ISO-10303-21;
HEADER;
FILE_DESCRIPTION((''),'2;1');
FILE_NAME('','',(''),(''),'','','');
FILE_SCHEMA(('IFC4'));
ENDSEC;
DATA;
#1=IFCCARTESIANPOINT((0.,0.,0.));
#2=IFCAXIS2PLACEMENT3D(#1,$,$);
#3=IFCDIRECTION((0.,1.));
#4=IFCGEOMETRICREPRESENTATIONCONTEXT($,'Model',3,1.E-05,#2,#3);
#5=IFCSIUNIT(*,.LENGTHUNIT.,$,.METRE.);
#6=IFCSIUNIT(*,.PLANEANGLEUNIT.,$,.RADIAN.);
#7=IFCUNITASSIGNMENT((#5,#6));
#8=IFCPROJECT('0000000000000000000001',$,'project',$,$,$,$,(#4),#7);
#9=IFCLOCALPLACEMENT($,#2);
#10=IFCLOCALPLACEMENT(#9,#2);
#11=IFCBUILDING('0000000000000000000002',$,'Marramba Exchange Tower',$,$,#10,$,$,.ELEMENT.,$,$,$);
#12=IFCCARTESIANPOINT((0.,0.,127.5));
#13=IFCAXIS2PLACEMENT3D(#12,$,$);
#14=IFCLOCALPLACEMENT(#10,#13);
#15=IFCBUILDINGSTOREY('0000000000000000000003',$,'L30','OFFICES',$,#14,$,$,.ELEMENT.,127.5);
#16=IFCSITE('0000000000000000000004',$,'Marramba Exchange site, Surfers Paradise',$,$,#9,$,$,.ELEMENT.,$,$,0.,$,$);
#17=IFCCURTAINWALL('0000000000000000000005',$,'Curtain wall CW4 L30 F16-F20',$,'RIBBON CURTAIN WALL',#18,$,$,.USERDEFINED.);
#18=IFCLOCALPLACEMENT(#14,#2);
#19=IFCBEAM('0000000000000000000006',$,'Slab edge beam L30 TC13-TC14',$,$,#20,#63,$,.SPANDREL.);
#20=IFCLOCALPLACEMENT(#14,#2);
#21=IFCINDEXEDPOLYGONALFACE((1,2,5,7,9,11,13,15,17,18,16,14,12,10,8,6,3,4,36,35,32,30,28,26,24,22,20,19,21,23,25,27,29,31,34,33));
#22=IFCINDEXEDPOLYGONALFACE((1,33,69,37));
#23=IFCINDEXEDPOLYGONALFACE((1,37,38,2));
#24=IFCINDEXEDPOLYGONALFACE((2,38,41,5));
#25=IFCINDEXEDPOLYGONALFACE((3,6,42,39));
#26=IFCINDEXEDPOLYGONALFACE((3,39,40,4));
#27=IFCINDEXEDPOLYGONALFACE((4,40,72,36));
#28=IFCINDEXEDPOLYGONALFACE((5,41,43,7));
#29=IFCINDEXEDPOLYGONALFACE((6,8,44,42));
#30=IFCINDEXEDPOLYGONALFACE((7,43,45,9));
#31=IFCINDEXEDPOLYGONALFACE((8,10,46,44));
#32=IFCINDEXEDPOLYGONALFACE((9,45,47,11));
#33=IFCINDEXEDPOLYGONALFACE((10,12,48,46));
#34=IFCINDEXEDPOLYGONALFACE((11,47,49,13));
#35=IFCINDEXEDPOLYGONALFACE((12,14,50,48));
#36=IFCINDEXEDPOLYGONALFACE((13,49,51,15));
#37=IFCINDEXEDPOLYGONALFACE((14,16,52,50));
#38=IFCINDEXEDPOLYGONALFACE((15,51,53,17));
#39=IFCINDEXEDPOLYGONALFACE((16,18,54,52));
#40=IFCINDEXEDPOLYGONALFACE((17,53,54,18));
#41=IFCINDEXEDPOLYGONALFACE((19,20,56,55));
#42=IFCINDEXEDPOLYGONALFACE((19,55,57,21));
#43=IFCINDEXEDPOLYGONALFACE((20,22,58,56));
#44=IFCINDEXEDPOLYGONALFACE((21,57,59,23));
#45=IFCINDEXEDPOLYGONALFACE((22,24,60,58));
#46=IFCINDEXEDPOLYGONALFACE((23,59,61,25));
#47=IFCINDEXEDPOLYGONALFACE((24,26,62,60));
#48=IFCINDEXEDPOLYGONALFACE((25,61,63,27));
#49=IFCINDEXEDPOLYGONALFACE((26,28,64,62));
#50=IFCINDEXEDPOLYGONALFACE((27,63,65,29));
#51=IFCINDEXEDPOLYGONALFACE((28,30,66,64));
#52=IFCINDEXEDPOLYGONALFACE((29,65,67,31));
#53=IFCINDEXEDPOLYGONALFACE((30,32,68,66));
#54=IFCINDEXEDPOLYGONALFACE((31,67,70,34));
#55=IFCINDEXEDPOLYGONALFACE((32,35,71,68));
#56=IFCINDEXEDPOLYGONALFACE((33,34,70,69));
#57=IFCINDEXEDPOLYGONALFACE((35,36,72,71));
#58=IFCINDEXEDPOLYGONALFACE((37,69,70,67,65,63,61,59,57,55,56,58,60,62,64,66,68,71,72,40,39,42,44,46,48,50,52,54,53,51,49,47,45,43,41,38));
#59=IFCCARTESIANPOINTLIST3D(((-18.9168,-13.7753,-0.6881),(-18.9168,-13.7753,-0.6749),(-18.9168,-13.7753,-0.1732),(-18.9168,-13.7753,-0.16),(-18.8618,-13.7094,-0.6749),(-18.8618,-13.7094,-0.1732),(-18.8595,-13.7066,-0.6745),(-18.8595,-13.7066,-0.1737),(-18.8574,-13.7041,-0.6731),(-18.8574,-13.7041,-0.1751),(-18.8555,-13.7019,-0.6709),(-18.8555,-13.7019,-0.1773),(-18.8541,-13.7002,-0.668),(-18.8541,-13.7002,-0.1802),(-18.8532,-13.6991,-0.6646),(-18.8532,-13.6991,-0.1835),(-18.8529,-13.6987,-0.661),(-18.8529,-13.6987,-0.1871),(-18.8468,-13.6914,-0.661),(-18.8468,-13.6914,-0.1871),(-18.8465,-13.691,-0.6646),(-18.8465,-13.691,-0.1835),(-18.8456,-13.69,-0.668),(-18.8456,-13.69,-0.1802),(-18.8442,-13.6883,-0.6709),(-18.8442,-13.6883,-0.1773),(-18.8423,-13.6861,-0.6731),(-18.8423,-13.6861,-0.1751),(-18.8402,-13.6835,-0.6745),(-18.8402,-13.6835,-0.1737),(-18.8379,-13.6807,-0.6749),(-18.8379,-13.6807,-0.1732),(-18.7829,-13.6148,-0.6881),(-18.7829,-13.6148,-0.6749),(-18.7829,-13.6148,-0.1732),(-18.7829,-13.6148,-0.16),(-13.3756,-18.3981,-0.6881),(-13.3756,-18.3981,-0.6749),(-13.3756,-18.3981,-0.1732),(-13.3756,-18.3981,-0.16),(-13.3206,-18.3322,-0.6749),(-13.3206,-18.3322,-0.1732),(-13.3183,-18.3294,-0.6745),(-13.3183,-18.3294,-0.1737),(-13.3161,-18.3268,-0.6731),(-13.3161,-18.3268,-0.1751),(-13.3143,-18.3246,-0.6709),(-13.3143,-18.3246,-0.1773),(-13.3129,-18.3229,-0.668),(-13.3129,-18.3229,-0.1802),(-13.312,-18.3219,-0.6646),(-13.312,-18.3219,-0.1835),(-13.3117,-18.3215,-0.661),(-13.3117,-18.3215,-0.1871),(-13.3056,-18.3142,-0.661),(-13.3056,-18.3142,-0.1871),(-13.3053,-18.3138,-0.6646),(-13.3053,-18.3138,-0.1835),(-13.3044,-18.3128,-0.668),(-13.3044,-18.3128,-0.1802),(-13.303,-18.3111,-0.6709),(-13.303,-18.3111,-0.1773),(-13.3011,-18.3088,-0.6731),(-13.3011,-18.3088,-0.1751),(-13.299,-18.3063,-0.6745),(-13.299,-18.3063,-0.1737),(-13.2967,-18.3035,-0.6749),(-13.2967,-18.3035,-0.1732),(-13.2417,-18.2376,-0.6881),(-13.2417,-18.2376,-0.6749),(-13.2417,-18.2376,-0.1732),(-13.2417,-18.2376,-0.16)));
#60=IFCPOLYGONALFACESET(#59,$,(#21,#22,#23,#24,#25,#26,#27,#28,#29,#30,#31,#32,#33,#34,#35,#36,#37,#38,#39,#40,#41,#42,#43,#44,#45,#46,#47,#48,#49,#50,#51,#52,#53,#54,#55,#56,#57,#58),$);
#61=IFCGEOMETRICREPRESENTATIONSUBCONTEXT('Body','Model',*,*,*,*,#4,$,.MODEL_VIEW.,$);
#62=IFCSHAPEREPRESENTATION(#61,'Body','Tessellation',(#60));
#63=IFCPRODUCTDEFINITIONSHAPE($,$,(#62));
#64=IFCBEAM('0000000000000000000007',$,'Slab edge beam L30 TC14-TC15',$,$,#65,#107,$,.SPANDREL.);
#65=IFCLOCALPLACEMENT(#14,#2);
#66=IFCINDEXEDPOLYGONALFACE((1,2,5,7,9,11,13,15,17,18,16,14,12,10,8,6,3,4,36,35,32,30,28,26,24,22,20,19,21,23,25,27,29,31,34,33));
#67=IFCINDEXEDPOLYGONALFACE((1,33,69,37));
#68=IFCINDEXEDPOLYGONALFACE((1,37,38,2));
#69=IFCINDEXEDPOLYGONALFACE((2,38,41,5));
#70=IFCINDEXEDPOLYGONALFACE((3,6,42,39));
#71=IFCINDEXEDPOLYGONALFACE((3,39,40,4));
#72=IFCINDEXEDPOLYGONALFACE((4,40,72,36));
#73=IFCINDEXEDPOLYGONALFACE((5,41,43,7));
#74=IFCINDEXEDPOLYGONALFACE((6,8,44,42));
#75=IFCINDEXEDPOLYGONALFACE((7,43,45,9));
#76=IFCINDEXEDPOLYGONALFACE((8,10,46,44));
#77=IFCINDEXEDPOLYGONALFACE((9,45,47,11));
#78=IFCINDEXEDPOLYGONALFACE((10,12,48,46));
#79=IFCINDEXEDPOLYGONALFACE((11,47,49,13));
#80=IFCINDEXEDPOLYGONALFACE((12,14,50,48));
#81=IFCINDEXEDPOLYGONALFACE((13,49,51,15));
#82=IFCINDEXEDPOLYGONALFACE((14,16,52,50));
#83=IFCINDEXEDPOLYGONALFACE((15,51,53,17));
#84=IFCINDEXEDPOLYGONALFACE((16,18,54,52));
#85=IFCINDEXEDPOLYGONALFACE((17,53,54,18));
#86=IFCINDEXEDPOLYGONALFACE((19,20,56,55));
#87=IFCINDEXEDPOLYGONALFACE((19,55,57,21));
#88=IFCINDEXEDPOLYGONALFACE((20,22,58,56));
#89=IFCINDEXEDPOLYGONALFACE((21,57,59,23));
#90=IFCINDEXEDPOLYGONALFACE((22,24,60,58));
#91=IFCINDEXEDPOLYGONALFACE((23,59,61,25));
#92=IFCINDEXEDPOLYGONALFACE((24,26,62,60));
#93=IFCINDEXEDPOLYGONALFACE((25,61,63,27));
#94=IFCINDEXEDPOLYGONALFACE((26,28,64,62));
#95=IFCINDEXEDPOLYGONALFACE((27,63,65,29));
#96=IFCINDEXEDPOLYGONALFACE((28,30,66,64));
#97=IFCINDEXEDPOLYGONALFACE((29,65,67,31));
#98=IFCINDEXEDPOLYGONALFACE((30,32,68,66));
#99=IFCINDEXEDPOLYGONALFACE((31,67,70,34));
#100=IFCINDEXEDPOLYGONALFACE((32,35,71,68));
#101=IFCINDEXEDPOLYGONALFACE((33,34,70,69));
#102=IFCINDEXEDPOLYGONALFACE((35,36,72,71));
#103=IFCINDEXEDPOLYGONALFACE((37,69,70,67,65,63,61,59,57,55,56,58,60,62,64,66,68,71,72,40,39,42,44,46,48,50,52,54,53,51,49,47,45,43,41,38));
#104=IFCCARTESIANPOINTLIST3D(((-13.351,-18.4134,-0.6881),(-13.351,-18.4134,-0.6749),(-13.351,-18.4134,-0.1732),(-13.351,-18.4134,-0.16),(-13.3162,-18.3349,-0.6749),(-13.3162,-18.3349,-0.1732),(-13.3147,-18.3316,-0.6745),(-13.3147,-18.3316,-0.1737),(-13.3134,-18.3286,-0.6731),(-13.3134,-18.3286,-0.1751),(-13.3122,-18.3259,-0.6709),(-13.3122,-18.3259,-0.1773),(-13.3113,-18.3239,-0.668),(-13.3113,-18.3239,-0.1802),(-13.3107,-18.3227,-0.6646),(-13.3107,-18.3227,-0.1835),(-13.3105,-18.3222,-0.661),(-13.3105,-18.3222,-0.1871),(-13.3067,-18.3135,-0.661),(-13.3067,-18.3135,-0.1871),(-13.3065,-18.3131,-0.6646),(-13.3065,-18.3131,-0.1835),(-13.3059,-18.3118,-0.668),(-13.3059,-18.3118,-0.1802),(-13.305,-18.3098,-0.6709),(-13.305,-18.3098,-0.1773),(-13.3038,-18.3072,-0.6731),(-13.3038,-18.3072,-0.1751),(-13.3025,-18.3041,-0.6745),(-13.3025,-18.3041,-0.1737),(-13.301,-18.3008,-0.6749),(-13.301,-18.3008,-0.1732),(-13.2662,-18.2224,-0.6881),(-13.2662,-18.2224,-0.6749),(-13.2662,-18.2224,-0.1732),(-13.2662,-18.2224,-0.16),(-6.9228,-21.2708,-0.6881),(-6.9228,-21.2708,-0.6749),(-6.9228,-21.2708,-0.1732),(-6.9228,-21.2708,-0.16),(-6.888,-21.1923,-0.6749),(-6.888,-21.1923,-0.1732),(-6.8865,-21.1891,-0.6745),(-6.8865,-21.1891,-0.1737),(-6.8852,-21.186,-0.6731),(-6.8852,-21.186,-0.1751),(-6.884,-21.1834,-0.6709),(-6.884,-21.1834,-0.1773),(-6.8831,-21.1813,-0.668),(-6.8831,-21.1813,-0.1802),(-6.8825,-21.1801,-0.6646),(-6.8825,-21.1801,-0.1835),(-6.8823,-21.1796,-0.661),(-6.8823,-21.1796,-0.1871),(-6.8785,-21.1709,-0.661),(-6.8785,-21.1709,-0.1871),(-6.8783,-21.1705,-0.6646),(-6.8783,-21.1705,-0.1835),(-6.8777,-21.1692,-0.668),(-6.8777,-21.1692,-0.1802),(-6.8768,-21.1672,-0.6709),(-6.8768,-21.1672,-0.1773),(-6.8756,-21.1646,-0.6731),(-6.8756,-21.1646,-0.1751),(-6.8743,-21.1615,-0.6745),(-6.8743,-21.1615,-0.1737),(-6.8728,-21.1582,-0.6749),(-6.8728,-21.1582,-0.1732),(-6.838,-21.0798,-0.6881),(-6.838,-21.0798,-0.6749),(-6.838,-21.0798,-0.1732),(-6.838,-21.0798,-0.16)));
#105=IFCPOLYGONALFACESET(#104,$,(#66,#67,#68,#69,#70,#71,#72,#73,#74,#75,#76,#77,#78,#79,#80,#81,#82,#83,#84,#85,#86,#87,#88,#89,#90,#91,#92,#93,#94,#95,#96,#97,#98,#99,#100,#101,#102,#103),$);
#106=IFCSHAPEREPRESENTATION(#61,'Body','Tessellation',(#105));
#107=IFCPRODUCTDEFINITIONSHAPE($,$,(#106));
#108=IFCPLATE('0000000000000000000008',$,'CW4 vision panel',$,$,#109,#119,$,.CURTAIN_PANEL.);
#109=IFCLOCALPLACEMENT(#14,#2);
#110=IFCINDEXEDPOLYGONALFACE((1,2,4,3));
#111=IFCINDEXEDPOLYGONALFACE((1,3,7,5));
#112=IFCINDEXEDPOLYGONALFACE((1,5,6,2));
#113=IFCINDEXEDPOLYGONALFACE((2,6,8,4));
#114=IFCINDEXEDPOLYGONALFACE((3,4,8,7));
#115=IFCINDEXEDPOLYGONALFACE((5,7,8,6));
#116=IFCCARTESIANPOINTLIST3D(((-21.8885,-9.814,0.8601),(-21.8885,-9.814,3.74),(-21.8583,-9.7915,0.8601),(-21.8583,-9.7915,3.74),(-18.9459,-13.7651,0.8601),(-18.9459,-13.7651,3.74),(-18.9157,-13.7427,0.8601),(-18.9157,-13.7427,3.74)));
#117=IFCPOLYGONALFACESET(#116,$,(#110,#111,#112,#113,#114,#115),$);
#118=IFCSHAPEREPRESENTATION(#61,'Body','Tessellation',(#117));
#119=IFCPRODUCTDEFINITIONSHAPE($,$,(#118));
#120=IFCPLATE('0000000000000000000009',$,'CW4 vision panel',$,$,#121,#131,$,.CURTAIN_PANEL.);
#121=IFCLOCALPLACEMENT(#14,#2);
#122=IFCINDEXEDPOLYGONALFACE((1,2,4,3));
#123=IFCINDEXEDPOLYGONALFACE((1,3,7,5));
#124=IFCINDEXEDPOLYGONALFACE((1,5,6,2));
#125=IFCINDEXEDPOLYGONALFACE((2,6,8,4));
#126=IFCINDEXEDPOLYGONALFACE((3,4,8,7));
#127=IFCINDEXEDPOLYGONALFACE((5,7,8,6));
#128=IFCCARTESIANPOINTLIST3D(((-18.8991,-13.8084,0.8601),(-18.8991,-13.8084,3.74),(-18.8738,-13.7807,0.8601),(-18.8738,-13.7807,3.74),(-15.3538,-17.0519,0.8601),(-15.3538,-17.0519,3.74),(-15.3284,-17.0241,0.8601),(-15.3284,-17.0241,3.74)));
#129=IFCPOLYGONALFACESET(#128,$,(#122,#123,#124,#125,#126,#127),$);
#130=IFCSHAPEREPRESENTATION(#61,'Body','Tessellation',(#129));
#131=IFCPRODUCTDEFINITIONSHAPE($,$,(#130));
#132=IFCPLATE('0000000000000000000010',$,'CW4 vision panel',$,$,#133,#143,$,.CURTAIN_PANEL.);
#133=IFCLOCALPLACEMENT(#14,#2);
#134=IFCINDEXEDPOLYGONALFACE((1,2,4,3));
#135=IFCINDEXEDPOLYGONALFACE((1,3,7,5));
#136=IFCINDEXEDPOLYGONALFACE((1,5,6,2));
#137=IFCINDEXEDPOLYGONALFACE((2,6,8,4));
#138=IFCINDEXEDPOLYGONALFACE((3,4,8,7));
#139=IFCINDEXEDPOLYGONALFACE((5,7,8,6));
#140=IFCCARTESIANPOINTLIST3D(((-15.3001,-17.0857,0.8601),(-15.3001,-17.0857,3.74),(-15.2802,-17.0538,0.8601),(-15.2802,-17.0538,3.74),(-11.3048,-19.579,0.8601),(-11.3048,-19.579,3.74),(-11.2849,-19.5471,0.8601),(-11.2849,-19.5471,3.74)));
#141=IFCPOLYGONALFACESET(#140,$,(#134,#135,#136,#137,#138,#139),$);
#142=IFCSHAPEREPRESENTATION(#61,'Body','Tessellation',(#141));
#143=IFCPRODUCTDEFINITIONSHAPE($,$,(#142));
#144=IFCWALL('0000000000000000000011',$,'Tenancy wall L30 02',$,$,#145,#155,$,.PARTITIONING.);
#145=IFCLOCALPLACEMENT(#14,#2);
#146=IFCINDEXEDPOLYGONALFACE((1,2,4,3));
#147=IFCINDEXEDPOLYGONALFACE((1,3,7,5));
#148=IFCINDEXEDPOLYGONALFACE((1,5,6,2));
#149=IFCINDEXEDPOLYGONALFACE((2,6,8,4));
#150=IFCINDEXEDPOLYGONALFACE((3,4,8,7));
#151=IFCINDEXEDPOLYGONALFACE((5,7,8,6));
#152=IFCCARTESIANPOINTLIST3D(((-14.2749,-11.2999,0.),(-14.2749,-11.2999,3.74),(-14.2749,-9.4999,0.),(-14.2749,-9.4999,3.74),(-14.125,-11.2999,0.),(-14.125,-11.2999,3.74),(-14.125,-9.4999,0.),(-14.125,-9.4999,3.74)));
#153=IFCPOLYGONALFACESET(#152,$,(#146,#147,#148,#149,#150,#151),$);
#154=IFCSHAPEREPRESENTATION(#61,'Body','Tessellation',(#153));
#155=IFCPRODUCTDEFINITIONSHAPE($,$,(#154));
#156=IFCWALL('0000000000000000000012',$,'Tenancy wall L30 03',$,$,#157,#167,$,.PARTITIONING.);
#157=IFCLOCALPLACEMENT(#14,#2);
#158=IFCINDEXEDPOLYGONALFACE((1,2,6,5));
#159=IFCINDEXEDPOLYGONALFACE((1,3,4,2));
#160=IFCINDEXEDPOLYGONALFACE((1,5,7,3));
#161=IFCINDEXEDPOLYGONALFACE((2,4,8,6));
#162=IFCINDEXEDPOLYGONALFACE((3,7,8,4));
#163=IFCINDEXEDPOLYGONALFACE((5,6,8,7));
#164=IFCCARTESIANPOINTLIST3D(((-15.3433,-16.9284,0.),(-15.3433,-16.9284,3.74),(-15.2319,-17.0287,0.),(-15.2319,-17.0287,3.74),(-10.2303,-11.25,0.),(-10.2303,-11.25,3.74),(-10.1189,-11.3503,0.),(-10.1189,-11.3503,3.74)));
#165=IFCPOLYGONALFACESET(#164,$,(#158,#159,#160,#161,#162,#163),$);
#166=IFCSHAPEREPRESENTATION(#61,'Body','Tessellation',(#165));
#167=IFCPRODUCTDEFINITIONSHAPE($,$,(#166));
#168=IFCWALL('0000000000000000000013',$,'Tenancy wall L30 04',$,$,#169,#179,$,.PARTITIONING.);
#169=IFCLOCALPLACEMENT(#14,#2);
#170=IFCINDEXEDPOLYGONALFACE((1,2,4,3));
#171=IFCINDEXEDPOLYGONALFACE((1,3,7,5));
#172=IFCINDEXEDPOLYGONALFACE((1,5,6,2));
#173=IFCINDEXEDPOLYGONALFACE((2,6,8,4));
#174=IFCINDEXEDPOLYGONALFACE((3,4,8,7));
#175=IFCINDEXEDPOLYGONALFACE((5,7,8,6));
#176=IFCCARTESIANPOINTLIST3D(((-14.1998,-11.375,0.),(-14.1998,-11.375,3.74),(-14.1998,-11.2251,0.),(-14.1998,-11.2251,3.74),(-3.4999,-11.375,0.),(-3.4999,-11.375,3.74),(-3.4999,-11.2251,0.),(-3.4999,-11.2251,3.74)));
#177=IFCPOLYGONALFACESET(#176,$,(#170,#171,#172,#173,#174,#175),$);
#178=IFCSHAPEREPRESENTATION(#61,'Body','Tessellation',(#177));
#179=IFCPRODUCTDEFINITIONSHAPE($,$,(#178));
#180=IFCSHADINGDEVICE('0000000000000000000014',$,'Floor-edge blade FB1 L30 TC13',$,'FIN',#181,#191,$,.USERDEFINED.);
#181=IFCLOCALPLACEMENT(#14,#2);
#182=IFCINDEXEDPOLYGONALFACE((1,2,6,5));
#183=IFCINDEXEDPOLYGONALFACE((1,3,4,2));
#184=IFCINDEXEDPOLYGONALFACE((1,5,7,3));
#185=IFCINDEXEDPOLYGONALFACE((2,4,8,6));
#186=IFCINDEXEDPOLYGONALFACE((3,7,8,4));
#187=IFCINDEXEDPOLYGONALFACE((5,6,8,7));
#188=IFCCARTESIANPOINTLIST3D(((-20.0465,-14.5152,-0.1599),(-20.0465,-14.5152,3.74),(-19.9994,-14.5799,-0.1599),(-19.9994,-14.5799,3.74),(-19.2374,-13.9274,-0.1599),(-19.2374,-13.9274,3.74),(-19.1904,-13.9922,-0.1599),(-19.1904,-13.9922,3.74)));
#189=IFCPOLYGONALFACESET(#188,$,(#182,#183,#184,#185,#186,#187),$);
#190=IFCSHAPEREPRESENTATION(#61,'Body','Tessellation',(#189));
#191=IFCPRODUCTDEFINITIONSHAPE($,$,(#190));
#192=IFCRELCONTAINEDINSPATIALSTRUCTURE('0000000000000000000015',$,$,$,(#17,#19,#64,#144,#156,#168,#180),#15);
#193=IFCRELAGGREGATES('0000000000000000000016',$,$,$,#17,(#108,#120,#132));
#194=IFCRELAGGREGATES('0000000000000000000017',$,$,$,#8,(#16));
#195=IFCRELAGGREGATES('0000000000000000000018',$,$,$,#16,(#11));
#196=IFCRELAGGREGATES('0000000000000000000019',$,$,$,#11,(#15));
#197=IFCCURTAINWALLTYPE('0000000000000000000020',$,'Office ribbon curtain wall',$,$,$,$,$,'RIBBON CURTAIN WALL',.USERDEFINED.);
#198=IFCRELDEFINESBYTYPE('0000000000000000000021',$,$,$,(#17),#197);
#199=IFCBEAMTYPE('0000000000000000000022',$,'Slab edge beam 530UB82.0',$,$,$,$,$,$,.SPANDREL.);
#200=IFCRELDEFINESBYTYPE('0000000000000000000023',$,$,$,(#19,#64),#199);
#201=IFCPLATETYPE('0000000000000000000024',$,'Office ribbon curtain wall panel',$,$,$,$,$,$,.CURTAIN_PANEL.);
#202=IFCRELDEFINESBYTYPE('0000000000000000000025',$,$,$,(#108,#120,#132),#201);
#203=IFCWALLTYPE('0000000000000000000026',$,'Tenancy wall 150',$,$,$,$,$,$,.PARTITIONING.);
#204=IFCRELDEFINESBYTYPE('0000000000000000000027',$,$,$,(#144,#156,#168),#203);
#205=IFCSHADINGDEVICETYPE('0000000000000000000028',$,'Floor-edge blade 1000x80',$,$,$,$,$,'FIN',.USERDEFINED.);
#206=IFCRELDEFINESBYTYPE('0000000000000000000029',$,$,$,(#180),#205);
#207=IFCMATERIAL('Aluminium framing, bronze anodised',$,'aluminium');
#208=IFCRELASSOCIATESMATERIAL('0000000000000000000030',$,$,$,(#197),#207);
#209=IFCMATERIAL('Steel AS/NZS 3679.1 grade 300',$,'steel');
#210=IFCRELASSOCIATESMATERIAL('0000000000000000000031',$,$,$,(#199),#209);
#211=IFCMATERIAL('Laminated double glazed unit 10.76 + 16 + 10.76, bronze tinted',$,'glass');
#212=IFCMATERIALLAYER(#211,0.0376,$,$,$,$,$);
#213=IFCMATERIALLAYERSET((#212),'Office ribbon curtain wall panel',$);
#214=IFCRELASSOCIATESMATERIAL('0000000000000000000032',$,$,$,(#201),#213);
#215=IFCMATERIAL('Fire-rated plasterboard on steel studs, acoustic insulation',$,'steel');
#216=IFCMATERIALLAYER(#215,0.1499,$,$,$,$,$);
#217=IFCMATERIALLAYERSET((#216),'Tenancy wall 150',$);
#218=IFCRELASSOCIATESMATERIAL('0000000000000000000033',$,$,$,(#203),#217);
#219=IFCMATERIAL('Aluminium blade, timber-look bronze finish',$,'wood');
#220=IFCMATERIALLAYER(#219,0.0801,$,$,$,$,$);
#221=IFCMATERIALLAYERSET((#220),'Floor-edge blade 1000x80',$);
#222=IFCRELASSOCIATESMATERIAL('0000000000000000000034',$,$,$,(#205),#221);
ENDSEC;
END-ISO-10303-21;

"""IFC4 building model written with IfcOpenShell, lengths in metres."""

from ifc_helpers import new_model, si_unit, direction, frame, frame_2d, origin, origin_2d, place, context, subcontext, project, spatial, rectangle, i_section, extrude, material, layer, layer_set, material_profile, profile_set, type_object, element, aggregate, save


model = new_model("IFC4")

# Units and contexts
model_context = context("Model", 3, precision=1e-05, world=origin(), true_north=direction((0.0, 1.0)))
body_context = subcontext(model_context, "Body", "Model", "MODEL_VIEW")
ifc_project = project(units=[si_unit("LENGTHUNIT", "METRE"), si_unit("PLANEANGLEUNIT", "RADIAN")], contexts=[model_context])

# Site, building, storey
site_placement = place(None, origin())
site = spatial("IfcSite", under=ifc_project, at=site_placement, Name="Marramba Exchange site, Surfers Paradise", CompositionType="ELEMENT", RefElevation=0.0)
building_placement = place(site_placement, origin())
building = spatial("IfcBuilding", under=site, at=building_placement, Name="Marramba Exchange Tower", CompositionType="ELEMENT")
storey_placement = place(building_placement, frame((0.0, 0.0, 127.5)))
storey = spatial("IfcBuildingStorey", under=building, at=storey_placement, Name="L30", Description="OFFICES", CompositionType="ELEMENT", Elevation=127.5)

# Curtain wall
ifc_material_1 = material(Name="Aluminium framing, bronze anodised", Category="aluminium")
curtain_wall_type = type_object("IfcCurtainWallType", Name="Office ribbon curtain wall", ElementType="RIBBON CURTAIN WALL", PredefinedType="USERDEFINED", material=ifc_material_1)
curtain_wall_placement = place(storey_placement, origin())
curtain_wall = element("IfcCurtainWall", 1, at=curtain_wall_placement, inside=storey, type_object=curtain_wall_type, Name="Curtain wall CW4 L30 F16-F20", ObjectType="RIBBON CURTAIN WALL", PredefinedType="USERDEFINED")

# Beams
ifc_material_2 = material(Name="Steel AS/NZS 3679.1 grade 300", Category="steel")
ifc_material_profile_1 = material_profile(ifc_material_2, i_section(OverallWidth=0.209, OverallDepth=0.5281, WebThickness=0.0095, FlangeThickness=0.0132, FilletRadius=0.0139, at=origin_2d()), Name="530UB82.0")
ifc_profile_set_1 = profile_set([ifc_material_profile_1], Name="Steel AS/NZS 3679.1 grade 300")
beam_type_1 = type_object("IfcBeamType", Name="Slab edge beam 530UB82.0", PredefinedType="SPANDREL", material=ifc_profile_set_1)
beam_1_placement = place(storey_placement, frame((-18.8499, -13.6951, -0.4241), z_axis=(0.767875, -0.6406, 0.0), x_axis=(0.6406, 0.767875, 0.0)))
element("IfcBeam", 2, at=beam_1_placement, inside=storey, type_object=beam_type_1, Name="Slab edge beam L30 TC13-TC14", PredefinedType="SPANDREL", context=body_context, shape_type="SweptSolid", body=[
    extrude(i_section(OverallWidth=0.209, OverallDepth=0.5281, WebThickness=0.0095, FlangeThickness=0.0132, FilletRadius=0.0139, at=origin_2d()), origin(), (0.0, 0.0, 1.0), 7.2163),
])
beam_2_placement = place(storey_placement, frame((-13.3086, -18.3179, -0.4241), z_axis=(0.913789, -0.40619, 0.0), x_axis=(0.40619, 0.913789, 0.0)))
element("IfcBeam", 3, at=beam_2_placement, inside=storey, type_object=beam_type_1, Name="Slab edge beam L30 TC14-TC15", PredefinedType="SPANDREL", context=body_context, shape_type="SweptSolid", body=[
    extrude(i_section(OverallWidth=0.209, OverallDepth=0.5281, WebThickness=0.0095, FlangeThickness=0.0132, FilletRadius=0.0139, at=origin_2d()), origin(), (0.0, 0.0, 1.0), 7.0347),
])

# Plates
ifc_material_3 = material(Name="Laminated double glazed unit 10.76 + 16 + 10.76, bronze tinted", Category="glass")
ifc_layer_1 = layer(ifc_material_3, 0.0376)
ifc_layer_set_1 = layer_set([ifc_layer_1], Name="Office ribbon curtain wall panel")
plate_type = type_object("IfcPlateType", Name="Office ribbon curtain wall panel", PredefinedType="CURTAIN_PANEL", material=ifc_layer_set_1)
plate_1_placement = place(storey_placement, frame((-20.4021, -11.7783, 0.8601), z_axis=(0.0, 0.0, 1.0), x_axis=(0.597305, -0.802014, 0.0)))
plate_1 = element("IfcPlate", 4, at=plate_1_placement, type_object=plate_type, Name="CW4 vision panel", PredefinedType="CURTAIN_PANEL", context=body_context, shape_type="SweptSolid", body=[
    extrude(rectangle(XDim=4.9265, YDim=0.0376, at=origin_2d()), origin(), (0.0, 0.0, 1.0), 2.8799),
])
plate_2_placement = place(storey_placement, frame((-17.1138, -15.4163, 0.8601), z_axis=(0.0, 0.0, 1.0), x_axis=(0.737822, -0.674995, 0.0)))
plate_2 = element("IfcPlate", 5, at=plate_2_placement, type_object=plate_type, Name="CW4 vision panel", PredefinedType="CURTAIN_PANEL", context=body_context, shape_type="SweptSolid", body=[
    extrude(rectangle(XDim=4.8052, YDim=0.0376, at=origin_2d()), origin(), (0.0, 0.0, 1.0), 2.8799),
])
plate_3_placement = place(storey_placement, frame((-13.2925, -18.3164, 0.8601), z_axis=(0.0, 0.0, 1.0), x_axis=(0.848355, -0.529428, 0.0)))
plate_3 = element("IfcPlate", 6, at=plate_3_placement, type_object=plate_type, Name="CW4 vision panel", PredefinedType="CURTAIN_PANEL", context=body_context, shape_type="SweptSolid", body=[
    extrude(rectangle(XDim=4.7095, YDim=0.0376, at=origin_2d()), origin(), (0.0, 0.0, 1.0), 2.8799),
])
aggregate(curtain_wall, [plate_1, plate_2, plate_3])

# Walls
ifc_material_4 = material(Name="Fire-rated plasterboard on steel studs, acoustic insulation", Category="steel")
ifc_layer_2 = layer(ifc_material_4, 0.1499)
ifc_layer_set_2 = layer_set([ifc_layer_2], Name="Tenancy wall 150")
wall_type = type_object("IfcWallType", Name="Tenancy wall 150", PredefinedType="PARTITIONING", material=ifc_layer_set_2)
wall_1_placement = place(storey_placement, frame((-14.2, -9.5, 0.0), z_axis=(0.0, 0.0, 1.0), x_axis=(0.0, -1.0, 0.0)))
element("IfcWall", 7, at=wall_1_placement, inside=storey, type_object=wall_type, Name="Tenancy wall L30 02", PredefinedType="PARTITIONING", context=body_context, shape_type="SweptSolid", body=[
    extrude(rectangle(XDim=1.8, YDim=0.1499, at=frame_2d((0.8999, 0.0))), origin(), (0.0, 0.0, 1.0), 3.74),
])
wall_2_placement = place(storey_placement, frame((-15.2876, -16.9785, 0.0), z_axis=(0.0, 0.0, 1.0), x_axis=(0.669139, 0.743137, 0.0)))
element("IfcWall", 8, at=wall_2_placement, inside=storey, type_object=wall_type, Name="Tenancy wall L30 03", PredefinedType="PARTITIONING", context=body_context, shape_type="SweptSolid", body=[
    extrude(rectangle(XDim=7.6411, YDim=0.1499, at=frame_2d((3.8206, 0.0))), origin(), (0.0, 0.0, 1.0), 3.74),
])
wall_3_placement = place(storey_placement, frame((-14.2, -11.3, 0.0), z_axis=(0.0, 0.0, 1.0), x_axis=(1.0, 0.0, 0.0)))
element("IfcWall", 9, at=wall_3_placement, inside=storey, type_object=wall_type, Name="Tenancy wall L30 04", PredefinedType="PARTITIONING", context=body_context, shape_type="SweptSolid", body=[
    extrude(rectangle(XDim=10.7, YDim=0.1499, at=frame_2d((5.3501, 0.0))), origin(), (0.0, 0.0, 1.0), 3.74),
])

# Shading device
ifc_material_5 = material(Name="Aluminium blade, timber-look bronze finish", Category="wood")
ifc_layer_3 = layer(ifc_material_5, 0.0801)
ifc_layer_set_3 = layer_set([ifc_layer_3], Name="Floor-edge blade 1000x80")
shading_device_type_1 = type_object("IfcShadingDeviceType", Name="Floor-edge blade 1000x80", ElementType="FIN", PredefinedType="USERDEFINED", material=ifc_layer_set_3)
for number, where, z_axis, x_axis, name in (
    (10, (-19.6184, -14.2537, -0.1599), (0.0, 0.0, 1.0), (-0.809017, -0.587785, 0.0), "Floor-edge blade FB1 L30 TC13"),
):
    element("IfcShadingDevice", number, at=place(storey_placement, frame(where, z_axis=z_axis, x_axis=x_axis)), inside=storey, type_object=shading_device_type_1, Name=name, ObjectType="FIN", PredefinedType="USERDEFINED", context=body_context, shape_type="SweptSolid", body=[
        extrude(rectangle(XDim=1.0, YDim=0.0801, at=origin_2d()), origin(), (0.0, 0.0, 1.0), 3.8999),
    ])

save(model, "model.ifc")
